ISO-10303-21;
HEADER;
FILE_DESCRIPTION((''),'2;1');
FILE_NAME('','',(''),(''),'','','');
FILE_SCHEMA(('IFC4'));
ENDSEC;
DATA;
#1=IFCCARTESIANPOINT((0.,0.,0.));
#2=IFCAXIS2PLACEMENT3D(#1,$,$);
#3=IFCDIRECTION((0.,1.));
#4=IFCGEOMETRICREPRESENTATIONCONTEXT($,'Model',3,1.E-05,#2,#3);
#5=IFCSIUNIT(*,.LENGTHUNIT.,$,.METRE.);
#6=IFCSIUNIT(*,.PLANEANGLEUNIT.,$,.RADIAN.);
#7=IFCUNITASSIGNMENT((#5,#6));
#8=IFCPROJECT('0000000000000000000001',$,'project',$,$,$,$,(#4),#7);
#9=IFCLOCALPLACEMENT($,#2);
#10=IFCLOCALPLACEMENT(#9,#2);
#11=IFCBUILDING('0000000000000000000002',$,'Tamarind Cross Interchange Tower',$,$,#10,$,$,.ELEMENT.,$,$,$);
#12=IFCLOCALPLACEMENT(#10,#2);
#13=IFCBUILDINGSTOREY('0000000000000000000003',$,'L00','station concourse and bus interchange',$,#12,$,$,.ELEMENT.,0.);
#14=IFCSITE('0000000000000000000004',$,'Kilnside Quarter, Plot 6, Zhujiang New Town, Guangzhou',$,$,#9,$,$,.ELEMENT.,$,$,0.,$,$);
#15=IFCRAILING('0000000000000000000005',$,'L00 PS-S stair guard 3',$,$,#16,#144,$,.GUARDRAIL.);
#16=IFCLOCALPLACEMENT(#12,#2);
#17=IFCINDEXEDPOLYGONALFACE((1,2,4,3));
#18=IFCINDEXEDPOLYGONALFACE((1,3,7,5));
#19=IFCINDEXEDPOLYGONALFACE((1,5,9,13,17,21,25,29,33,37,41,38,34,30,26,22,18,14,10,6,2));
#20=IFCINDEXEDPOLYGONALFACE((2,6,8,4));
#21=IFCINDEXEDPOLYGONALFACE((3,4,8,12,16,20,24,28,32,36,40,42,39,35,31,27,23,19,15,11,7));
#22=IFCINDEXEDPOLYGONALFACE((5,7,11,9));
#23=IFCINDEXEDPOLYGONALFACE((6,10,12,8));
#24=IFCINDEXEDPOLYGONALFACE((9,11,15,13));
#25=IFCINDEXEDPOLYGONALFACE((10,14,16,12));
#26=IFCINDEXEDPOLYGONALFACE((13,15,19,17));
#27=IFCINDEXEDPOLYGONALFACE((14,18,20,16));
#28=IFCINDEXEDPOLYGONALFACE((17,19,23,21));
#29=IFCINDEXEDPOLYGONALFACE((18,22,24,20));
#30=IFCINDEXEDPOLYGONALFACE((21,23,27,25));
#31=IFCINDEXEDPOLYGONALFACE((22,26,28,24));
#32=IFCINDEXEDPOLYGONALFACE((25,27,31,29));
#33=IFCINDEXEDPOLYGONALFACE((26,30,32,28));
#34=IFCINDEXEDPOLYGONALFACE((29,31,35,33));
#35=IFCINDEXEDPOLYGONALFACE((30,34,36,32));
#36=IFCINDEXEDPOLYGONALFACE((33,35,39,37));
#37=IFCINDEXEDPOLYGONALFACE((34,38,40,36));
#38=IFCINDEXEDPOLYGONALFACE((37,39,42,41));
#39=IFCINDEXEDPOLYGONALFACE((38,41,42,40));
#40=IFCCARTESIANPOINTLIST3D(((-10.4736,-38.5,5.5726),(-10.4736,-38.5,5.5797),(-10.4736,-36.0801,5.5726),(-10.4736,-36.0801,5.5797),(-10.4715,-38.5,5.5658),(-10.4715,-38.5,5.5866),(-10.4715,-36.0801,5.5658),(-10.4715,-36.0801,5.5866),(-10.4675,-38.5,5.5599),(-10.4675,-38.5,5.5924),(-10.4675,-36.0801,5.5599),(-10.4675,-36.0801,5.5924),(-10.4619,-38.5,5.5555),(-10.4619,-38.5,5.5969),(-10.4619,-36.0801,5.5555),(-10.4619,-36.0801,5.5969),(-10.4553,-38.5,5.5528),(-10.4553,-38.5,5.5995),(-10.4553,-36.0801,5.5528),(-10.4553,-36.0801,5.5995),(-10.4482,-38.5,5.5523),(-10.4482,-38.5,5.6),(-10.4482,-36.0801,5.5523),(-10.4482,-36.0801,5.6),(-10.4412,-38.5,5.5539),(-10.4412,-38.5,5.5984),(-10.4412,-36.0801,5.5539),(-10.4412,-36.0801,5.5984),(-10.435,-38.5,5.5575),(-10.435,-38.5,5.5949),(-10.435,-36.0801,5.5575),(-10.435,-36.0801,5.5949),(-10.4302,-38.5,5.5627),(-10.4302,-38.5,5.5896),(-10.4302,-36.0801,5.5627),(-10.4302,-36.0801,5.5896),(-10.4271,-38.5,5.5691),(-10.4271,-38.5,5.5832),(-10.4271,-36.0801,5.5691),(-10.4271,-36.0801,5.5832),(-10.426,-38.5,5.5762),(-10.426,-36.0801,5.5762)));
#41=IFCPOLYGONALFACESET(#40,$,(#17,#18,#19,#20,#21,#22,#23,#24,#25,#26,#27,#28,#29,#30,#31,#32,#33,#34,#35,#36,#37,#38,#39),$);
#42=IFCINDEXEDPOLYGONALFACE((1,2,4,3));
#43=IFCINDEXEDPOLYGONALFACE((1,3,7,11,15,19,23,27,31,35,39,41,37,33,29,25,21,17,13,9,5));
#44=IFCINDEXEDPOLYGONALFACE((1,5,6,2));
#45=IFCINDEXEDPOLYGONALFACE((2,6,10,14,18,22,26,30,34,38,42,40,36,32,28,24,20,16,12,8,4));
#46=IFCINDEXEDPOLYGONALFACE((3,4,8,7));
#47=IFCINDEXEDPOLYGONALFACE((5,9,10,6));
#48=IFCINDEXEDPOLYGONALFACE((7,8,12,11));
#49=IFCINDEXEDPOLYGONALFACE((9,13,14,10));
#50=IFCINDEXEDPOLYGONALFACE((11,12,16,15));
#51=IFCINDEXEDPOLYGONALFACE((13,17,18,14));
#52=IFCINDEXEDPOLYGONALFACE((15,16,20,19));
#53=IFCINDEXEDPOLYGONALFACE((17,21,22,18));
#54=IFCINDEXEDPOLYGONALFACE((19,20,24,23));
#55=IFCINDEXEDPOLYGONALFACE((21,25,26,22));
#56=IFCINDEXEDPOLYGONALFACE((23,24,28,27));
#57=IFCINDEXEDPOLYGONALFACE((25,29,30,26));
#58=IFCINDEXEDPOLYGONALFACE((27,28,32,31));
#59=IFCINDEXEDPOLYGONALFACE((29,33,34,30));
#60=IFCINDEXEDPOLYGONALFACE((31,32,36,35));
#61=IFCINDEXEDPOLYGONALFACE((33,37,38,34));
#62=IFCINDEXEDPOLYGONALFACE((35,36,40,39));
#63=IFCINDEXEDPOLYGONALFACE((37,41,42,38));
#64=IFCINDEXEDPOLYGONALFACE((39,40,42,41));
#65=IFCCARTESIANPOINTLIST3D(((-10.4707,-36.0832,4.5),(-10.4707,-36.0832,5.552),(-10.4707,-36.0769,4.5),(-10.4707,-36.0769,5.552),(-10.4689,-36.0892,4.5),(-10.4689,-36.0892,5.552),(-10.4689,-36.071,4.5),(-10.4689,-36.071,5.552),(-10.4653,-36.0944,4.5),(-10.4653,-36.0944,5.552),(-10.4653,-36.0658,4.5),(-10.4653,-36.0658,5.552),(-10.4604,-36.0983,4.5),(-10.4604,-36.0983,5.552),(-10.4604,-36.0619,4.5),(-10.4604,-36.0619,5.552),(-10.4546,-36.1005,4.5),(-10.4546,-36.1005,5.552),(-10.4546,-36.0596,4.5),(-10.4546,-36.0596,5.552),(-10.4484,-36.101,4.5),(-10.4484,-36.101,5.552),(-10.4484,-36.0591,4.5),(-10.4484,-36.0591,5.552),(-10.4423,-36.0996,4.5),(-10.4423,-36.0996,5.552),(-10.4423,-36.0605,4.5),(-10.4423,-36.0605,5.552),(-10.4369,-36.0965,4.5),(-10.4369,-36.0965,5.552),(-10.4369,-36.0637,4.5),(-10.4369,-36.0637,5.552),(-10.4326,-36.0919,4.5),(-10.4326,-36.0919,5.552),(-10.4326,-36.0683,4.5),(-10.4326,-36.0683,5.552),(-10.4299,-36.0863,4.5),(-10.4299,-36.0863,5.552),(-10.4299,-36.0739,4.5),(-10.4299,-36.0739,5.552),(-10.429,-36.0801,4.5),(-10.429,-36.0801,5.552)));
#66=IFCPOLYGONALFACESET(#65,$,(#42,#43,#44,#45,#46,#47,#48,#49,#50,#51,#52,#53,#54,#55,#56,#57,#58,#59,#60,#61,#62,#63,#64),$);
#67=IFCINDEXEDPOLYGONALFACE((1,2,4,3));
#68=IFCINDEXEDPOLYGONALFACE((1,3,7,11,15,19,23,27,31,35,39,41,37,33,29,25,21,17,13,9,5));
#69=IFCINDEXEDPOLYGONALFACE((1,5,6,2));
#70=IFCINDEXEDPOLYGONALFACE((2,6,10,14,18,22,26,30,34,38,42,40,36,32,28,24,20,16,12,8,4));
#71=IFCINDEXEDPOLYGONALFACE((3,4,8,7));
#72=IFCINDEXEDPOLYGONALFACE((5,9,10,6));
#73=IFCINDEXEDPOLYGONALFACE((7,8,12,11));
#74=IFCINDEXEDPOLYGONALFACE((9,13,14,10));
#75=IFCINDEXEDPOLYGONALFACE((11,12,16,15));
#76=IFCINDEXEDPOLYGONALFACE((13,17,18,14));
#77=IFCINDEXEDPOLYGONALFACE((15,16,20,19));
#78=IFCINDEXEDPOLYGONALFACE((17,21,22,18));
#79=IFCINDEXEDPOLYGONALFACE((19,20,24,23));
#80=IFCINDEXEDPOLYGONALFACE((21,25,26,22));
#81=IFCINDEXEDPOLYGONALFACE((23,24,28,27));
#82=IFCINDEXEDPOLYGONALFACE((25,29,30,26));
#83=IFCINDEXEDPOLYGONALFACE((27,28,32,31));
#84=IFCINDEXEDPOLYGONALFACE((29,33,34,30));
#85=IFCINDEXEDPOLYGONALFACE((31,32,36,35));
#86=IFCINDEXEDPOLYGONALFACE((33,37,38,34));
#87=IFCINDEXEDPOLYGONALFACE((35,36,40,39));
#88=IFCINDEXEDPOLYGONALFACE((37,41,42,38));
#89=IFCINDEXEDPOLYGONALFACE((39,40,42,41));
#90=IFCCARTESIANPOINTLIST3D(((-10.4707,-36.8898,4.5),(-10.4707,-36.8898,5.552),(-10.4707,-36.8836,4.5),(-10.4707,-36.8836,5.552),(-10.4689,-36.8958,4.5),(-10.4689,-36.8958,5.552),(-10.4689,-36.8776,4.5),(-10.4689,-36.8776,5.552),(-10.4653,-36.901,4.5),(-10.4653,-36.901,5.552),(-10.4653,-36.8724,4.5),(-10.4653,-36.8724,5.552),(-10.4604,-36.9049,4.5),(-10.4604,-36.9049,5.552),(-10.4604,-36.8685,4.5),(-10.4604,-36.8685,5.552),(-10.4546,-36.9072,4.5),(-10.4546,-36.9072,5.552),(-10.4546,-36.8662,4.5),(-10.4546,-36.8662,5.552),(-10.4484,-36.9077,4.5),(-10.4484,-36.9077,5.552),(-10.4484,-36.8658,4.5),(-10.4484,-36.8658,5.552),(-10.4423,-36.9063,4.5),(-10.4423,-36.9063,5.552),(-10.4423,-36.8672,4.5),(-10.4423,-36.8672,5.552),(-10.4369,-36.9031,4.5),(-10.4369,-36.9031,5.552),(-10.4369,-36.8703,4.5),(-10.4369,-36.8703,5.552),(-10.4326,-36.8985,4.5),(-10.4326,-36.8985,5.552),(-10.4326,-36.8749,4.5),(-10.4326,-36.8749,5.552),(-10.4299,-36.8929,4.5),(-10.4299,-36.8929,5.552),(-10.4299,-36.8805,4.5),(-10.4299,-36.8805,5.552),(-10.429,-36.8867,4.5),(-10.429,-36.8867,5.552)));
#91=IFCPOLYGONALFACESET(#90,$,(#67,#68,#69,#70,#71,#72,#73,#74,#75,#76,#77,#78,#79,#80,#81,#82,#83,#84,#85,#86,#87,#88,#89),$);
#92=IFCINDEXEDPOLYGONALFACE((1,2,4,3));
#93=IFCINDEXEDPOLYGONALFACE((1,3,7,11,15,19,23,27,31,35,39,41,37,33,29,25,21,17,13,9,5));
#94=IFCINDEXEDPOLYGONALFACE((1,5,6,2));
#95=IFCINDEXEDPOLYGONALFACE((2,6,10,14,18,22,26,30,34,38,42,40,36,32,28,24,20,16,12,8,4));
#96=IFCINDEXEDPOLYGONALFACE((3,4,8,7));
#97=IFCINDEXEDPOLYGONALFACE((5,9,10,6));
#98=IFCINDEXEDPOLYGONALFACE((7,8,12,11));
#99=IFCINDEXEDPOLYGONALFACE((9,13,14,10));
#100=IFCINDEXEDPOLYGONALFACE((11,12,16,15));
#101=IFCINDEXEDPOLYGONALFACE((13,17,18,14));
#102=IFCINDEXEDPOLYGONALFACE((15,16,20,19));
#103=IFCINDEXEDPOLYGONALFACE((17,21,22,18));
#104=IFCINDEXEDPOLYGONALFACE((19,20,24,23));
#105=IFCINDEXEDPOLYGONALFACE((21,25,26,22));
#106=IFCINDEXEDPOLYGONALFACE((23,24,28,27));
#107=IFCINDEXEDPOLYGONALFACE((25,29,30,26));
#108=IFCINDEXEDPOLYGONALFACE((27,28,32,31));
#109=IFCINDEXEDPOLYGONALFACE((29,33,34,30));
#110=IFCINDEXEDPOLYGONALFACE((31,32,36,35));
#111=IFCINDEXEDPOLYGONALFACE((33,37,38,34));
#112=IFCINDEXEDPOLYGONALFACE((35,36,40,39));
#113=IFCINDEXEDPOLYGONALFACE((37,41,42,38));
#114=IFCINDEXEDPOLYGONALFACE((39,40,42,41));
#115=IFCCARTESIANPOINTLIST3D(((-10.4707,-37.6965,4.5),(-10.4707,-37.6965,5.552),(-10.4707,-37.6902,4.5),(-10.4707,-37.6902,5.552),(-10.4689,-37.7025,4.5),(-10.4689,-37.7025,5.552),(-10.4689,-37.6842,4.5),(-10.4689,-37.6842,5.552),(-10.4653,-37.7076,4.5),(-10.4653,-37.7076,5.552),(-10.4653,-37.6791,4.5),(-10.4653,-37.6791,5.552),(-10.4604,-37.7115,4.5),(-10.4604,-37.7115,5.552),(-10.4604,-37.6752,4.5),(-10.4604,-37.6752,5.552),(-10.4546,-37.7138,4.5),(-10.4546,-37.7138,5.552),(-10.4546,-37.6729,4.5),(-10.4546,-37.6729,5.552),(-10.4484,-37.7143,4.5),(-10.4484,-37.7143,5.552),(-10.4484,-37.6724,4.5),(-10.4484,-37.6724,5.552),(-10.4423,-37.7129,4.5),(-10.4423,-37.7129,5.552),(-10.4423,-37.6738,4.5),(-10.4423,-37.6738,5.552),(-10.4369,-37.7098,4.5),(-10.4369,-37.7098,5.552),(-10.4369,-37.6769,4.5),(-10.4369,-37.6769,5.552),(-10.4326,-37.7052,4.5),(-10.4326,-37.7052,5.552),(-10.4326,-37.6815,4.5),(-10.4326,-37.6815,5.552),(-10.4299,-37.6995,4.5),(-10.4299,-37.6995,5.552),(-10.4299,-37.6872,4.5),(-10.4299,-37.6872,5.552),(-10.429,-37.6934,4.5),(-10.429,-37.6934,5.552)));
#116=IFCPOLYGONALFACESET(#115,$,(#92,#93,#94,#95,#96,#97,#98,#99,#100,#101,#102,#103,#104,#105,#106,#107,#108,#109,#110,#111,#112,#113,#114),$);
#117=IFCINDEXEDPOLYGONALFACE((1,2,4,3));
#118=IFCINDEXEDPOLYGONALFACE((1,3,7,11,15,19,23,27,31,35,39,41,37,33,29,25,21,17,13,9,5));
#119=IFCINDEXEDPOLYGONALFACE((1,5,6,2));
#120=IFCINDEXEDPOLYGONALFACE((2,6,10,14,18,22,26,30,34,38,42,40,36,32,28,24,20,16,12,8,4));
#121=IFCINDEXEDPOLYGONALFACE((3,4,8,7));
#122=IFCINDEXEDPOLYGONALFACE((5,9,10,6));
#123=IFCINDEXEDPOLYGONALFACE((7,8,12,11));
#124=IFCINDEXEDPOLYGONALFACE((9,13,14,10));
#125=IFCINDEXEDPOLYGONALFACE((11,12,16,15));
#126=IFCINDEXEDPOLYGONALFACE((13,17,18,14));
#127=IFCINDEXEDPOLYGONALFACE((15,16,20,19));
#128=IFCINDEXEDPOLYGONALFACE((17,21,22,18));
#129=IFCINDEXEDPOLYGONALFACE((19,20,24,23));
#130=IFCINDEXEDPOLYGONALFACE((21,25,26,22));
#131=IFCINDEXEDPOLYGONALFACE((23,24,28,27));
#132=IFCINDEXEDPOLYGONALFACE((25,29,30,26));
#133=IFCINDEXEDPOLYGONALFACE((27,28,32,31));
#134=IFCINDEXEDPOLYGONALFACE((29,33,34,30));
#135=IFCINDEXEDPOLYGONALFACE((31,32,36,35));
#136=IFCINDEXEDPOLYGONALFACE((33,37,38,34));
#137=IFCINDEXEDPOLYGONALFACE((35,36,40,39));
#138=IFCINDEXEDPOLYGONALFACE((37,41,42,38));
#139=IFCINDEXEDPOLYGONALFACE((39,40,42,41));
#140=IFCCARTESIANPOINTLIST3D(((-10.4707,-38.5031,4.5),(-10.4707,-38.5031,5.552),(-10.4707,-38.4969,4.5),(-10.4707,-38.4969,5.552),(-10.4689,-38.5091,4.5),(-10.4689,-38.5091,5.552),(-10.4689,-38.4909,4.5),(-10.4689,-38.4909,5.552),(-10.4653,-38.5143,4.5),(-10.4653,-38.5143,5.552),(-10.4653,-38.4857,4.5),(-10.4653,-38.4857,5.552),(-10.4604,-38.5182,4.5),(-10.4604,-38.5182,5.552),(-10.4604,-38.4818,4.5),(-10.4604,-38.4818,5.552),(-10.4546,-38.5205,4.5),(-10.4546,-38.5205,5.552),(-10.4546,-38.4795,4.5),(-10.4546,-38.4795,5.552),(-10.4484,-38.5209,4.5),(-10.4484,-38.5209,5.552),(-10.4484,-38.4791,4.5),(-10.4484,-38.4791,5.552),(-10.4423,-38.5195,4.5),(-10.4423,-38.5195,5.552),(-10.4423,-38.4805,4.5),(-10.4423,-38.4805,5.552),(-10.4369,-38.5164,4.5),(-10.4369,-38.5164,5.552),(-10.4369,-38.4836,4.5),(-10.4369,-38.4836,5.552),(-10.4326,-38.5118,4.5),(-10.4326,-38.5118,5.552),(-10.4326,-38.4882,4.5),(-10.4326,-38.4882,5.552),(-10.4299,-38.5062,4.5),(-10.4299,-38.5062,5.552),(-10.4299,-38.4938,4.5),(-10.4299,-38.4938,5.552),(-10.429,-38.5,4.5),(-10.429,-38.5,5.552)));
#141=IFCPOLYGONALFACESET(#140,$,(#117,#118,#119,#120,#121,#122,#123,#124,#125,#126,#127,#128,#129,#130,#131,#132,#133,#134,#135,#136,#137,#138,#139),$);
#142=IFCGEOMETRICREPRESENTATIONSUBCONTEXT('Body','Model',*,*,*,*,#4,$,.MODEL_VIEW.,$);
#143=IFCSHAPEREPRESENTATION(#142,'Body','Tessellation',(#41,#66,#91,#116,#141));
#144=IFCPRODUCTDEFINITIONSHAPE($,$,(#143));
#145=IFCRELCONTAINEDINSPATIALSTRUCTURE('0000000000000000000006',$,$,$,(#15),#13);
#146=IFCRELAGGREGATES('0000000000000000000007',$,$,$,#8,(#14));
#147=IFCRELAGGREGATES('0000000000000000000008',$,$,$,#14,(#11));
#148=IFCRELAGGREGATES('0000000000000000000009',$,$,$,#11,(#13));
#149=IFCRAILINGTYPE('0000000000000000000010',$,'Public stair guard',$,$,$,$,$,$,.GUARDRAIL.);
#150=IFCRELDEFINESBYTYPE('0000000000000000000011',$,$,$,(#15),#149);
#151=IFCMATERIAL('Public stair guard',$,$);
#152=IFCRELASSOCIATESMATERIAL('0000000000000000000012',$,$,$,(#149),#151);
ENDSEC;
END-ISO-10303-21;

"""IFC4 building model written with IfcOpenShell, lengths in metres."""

from ifc_helpers import new_model, si_unit, direction, frame, origin, origin_2d, place, context, subcontext, project, spatial, circle, extrude, material, type_object, element, save


model = new_model("IFC4")

# Units and contexts
model_context = context("Model", 3, precision=1e-05, world=origin(), true_north=direction((0.0, 1.0)))
body_context = subcontext(model_context, "Body", "Model", "MODEL_VIEW")
ifc_project = project(units=[si_unit("LENGTHUNIT", "METRE"), si_unit("PLANEANGLEUNIT", "RADIAN")], contexts=[model_context])

# Site, building, storey
site_placement = place(None, origin())
site = spatial("IfcSite", under=ifc_project, at=site_placement, Name="Kilnside Quarter, Plot 6, Zhujiang New Town, Guangzhou", CompositionType="ELEMENT", RefElevation=0.0)
building_placement = place(site_placement, origin())
building = spatial("IfcBuilding", under=site, at=building_placement, Name="Tamarind Cross Interchange Tower", CompositionType="ELEMENT")
storey_placement = place(building_placement, origin())
storey = spatial("IfcBuildingStorey", under=building, at=storey_placement, Name="L00", Description="station concourse and bus interchange", CompositionType="ELEMENT", Elevation=0.0)

# Railing
ifc_material_1 = material(Name="Public stair guard")
railing_type_1 = type_object("IfcRailingType", Name="Public stair guard", PredefinedType="GUARDRAIL", material=ifc_material_1)
railing_1_placement = place(storey_placement, frame((-10.45, -36.0801, 4.5)))
element("IfcRailing", 1, at=railing_1_placement, inside=storey, type_object=railing_type_1, Name="L00 PS-S stair guard 3", PredefinedType="GUARDRAIL", context=body_context, shape_type="SweptSolid", body=[
    extrude(circle(Radius=0.0239, at=origin_2d()), frame((0.0, 0.0, 1.0762), z_axis=(0.0, -1.0, 0.0), x_axis=(1.0, 0.0, 0.0)), (0.0, 0.0, 1.0), 2.4199),
    extrude(circle(Radius=0.021, at=origin_2d()), origin(), (0.0, 0.0, 1.0), 1.052),
    extrude(circle(Radius=0.021, at=origin_2d()), frame((0.0, -0.8066, 0.0)), (0.0, 0.0, 1.0), 1.052),
    extrude(circle(Radius=0.021, at=origin_2d()), frame((0.0, -1.6133, 0.0)), (0.0, 0.0, 1.0), 1.052),
    extrude(circle(Radius=0.021, at=origin_2d()), frame((0.0, -2.4199, 0.0)), (0.0, 0.0, 1.0), 1.052),
])

save(model, "model.ifc")
